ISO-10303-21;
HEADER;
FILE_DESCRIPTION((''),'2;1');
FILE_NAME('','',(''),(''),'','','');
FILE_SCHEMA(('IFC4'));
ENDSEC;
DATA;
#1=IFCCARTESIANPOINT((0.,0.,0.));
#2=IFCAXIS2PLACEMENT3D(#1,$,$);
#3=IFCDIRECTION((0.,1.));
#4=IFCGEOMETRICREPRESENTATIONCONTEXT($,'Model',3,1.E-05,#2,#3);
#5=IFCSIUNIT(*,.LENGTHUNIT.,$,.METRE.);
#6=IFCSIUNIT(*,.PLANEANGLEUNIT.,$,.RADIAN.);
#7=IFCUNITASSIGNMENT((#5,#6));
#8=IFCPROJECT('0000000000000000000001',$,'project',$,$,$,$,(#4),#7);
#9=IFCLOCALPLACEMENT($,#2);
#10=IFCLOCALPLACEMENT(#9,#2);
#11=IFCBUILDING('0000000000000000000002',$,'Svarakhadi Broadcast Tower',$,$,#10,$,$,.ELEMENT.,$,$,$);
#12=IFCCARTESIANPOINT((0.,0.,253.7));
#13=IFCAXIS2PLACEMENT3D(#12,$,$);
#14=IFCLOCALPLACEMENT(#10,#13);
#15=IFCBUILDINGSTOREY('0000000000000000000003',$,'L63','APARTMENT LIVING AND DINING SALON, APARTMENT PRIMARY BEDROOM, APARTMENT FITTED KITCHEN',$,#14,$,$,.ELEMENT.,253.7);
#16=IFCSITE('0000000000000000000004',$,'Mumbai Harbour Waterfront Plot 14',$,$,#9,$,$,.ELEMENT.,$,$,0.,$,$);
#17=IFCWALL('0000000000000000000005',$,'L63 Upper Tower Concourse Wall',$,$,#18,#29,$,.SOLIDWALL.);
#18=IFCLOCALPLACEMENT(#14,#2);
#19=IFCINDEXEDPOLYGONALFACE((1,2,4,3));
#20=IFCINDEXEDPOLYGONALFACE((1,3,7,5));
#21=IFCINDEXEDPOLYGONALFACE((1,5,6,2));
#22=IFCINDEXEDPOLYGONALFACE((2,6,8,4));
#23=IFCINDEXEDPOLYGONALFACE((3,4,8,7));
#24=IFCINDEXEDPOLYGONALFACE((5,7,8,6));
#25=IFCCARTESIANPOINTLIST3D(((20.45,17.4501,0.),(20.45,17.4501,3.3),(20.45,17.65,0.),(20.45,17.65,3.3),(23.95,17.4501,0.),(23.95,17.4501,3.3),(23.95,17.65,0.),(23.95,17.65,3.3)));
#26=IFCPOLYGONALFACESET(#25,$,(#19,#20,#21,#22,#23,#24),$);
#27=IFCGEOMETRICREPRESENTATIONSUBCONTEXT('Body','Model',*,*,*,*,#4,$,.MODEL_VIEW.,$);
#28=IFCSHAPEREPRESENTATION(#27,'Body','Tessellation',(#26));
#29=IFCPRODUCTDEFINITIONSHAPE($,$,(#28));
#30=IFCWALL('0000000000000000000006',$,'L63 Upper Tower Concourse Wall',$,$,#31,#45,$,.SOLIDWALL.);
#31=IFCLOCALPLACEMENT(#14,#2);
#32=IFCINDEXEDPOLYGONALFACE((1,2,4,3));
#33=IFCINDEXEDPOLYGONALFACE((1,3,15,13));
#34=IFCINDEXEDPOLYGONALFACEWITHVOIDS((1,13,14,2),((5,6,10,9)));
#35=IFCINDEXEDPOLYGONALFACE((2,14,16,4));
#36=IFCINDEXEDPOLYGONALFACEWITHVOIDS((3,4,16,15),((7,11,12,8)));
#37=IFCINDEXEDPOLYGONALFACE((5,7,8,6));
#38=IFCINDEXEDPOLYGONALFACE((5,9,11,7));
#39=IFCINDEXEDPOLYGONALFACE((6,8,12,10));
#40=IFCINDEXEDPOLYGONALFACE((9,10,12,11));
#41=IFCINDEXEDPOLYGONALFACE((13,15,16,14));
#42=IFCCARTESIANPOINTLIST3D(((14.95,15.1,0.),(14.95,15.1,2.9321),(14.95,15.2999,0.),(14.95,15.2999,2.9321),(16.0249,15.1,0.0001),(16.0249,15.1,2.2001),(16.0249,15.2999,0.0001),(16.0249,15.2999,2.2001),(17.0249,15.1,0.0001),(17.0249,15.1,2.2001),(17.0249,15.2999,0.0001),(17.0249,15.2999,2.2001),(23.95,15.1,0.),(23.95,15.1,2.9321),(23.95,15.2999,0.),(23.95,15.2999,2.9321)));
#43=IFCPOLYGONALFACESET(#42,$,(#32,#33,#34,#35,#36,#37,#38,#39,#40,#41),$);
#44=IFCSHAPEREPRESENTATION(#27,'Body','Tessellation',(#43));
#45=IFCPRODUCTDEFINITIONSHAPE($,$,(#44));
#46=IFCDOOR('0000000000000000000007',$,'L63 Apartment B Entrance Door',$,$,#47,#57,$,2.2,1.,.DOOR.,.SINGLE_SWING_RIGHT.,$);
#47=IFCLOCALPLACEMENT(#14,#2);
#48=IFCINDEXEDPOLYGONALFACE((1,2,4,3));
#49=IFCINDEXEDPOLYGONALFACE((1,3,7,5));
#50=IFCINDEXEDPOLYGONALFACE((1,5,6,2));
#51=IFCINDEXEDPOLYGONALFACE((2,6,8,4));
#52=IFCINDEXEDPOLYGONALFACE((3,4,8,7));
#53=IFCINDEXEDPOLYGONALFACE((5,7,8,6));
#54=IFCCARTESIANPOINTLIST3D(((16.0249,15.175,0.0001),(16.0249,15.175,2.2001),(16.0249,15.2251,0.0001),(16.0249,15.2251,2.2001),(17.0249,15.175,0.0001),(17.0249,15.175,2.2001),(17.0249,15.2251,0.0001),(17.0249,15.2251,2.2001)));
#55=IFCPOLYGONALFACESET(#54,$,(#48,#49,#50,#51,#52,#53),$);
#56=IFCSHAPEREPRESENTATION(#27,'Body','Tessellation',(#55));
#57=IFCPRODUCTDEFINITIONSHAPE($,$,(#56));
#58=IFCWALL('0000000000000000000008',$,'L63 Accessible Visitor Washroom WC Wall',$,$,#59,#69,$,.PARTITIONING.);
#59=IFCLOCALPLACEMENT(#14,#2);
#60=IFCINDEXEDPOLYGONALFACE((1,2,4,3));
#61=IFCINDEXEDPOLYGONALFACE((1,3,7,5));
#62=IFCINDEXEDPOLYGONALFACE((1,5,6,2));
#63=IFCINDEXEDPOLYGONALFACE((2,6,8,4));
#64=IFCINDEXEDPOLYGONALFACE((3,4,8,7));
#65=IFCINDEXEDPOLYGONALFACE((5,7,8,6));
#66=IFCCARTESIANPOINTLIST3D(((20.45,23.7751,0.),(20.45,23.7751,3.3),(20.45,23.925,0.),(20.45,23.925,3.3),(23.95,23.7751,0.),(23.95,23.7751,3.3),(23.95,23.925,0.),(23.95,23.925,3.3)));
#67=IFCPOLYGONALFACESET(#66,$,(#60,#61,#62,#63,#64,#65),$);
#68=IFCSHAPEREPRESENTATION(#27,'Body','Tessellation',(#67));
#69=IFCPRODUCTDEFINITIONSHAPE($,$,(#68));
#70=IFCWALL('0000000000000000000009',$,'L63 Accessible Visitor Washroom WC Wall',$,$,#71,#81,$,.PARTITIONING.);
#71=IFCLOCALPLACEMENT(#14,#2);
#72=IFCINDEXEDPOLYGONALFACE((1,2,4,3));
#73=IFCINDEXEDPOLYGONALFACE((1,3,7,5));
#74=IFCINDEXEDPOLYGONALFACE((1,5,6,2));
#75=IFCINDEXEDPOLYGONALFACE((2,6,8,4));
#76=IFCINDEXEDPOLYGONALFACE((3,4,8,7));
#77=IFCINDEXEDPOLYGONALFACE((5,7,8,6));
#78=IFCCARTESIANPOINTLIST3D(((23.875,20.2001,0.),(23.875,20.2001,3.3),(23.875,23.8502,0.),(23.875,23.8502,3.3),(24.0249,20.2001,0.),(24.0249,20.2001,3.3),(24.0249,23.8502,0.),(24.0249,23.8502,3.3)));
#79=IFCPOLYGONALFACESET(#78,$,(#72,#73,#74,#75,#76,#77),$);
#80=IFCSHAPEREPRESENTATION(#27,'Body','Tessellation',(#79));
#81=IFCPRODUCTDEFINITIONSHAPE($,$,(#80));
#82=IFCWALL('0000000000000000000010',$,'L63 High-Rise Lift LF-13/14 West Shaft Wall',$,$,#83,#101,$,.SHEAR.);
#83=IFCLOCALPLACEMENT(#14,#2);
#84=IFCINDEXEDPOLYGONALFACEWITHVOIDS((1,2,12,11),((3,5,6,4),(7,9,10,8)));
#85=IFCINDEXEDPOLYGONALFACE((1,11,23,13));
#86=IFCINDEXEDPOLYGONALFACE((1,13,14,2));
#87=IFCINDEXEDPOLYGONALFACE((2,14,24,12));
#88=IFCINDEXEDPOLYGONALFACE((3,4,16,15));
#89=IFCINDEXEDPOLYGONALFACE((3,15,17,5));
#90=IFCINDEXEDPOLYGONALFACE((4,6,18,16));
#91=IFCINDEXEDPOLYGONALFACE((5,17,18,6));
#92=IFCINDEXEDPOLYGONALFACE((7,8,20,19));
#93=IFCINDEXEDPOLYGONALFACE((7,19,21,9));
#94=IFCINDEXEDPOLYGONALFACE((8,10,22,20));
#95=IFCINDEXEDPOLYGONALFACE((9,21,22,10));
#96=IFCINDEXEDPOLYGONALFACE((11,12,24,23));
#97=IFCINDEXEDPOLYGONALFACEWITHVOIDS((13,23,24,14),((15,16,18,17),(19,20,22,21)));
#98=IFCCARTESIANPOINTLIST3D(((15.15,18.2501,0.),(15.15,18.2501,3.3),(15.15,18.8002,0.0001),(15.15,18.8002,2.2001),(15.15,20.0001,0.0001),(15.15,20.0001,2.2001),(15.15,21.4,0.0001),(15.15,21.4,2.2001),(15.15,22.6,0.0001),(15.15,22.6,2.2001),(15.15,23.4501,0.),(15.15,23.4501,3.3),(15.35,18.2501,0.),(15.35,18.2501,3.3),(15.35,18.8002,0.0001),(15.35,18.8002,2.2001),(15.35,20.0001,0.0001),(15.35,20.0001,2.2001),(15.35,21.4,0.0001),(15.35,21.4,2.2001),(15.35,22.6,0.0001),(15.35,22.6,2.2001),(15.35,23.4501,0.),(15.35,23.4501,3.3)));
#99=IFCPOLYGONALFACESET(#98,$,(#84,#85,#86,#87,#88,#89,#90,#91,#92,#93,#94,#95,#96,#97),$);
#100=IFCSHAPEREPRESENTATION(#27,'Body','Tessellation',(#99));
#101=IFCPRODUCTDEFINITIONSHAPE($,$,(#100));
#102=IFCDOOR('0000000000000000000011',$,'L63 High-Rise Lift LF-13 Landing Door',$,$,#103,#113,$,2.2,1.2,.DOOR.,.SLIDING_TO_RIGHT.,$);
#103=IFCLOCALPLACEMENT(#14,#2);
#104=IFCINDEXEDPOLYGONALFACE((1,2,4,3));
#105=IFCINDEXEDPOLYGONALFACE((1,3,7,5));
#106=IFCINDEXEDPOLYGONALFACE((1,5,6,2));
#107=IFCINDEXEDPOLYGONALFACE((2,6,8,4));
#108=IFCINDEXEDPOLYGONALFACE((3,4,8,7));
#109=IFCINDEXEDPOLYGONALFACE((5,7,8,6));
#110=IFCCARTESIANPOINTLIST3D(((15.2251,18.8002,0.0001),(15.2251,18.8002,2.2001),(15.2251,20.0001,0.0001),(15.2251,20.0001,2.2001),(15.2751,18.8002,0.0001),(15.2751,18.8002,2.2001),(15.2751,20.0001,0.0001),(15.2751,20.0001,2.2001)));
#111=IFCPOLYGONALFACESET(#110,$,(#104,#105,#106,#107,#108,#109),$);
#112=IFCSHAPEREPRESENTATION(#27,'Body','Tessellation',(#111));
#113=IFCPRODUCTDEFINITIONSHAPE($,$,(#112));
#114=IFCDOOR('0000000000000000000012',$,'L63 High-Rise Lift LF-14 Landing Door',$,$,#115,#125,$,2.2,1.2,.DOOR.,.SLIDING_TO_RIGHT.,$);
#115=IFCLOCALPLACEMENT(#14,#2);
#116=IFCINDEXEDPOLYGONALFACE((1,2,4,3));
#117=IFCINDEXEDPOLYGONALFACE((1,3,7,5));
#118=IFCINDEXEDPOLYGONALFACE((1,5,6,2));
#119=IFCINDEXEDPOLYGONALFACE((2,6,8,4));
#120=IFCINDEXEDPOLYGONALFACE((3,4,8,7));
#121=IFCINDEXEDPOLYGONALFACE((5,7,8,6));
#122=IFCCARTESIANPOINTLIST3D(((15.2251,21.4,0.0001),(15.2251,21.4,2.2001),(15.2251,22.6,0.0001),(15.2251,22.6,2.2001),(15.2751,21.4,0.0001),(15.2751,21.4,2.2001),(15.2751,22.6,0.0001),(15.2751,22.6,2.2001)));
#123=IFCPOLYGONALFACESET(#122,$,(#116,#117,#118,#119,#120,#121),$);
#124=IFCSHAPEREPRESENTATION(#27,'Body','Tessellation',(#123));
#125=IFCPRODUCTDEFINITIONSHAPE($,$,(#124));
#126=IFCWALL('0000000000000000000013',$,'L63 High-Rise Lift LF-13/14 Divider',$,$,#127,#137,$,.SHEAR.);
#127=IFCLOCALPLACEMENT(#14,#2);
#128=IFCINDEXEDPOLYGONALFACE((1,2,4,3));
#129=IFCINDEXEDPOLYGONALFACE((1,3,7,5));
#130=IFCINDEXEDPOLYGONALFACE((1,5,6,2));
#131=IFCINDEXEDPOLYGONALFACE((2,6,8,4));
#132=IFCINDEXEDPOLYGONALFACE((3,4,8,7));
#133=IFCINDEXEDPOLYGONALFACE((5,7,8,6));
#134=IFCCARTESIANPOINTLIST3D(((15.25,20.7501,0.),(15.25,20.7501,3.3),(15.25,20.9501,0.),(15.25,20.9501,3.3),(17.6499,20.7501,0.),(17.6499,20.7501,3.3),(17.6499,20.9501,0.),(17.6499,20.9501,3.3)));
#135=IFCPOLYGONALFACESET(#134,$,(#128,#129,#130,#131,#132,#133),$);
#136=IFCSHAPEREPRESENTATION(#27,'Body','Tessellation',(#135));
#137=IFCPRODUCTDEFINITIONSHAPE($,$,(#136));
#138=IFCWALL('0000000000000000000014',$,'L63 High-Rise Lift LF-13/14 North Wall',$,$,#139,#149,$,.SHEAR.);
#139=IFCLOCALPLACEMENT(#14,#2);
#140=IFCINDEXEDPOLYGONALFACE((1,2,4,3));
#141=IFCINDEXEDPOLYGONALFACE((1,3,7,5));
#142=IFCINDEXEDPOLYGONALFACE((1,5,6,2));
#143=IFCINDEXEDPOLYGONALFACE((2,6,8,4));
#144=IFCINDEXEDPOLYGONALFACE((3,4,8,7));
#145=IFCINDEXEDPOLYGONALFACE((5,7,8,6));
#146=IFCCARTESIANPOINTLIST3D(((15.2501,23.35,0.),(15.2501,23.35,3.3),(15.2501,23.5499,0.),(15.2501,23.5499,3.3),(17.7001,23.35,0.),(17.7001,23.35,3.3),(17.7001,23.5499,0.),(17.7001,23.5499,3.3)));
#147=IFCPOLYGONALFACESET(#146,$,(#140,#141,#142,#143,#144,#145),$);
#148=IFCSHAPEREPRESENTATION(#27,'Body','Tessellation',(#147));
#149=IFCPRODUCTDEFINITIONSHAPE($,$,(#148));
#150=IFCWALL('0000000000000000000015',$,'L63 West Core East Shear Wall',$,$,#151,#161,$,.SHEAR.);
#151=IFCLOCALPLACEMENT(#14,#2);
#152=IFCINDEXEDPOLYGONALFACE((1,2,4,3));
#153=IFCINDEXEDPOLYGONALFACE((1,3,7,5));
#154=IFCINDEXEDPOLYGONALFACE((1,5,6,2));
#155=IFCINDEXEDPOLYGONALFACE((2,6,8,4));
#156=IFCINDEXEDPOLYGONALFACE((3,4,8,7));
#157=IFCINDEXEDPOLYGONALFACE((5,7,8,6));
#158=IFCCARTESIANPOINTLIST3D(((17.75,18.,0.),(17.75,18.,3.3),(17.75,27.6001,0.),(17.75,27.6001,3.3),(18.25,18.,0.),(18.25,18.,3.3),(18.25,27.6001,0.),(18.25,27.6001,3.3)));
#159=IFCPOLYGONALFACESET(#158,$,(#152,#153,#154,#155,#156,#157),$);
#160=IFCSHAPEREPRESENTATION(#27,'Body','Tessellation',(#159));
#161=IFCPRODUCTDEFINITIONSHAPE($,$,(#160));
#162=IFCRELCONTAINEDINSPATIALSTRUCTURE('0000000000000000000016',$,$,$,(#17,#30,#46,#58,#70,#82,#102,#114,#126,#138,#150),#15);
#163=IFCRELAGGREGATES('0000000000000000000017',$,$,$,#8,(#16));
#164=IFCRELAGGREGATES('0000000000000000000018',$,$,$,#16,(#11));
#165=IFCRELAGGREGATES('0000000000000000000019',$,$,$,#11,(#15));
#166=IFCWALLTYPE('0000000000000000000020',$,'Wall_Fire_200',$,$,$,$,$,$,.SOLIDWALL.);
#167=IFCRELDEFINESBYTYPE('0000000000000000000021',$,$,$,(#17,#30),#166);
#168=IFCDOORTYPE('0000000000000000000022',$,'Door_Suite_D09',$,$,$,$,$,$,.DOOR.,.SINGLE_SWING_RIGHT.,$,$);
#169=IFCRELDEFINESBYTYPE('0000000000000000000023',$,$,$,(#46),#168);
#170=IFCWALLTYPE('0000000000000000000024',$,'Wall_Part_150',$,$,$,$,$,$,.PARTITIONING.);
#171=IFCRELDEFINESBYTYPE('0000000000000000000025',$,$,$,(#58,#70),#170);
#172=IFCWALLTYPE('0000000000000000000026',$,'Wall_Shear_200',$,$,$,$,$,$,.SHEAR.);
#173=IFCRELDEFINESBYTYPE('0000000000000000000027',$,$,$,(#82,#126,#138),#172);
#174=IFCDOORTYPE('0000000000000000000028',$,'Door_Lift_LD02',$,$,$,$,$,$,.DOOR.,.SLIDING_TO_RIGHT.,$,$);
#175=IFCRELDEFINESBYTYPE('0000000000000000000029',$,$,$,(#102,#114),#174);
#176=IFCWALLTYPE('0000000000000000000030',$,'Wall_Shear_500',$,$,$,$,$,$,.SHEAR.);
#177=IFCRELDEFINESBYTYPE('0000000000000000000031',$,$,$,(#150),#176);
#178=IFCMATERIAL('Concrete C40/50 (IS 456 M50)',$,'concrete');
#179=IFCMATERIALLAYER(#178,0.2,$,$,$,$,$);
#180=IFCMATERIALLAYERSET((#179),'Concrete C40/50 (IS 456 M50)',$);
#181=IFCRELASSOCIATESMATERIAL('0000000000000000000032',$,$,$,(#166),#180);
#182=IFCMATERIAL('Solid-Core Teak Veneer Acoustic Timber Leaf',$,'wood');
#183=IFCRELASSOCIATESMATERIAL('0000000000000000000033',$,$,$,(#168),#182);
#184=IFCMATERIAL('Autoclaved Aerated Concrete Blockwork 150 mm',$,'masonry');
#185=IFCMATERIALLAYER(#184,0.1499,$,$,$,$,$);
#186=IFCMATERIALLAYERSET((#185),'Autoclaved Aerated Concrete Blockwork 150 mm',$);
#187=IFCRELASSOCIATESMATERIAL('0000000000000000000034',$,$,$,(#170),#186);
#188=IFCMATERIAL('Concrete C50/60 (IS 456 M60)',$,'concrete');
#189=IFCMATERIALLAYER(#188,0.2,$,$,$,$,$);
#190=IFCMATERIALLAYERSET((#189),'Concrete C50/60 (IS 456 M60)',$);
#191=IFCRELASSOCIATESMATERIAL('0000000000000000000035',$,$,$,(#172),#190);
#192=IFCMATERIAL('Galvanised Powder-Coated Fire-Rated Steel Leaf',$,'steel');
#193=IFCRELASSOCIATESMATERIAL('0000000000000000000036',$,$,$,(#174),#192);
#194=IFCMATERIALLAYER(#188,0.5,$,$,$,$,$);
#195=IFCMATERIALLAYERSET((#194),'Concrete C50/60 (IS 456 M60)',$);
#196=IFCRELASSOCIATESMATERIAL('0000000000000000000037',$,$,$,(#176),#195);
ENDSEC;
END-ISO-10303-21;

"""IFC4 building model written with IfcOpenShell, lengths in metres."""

from ifc_helpers import new_model, si_unit, direction, frame, frame_2d, origin, place, context, subcontext, project, spatial, rectangle, extrude, material, layer, layer_set, type_object, element, fill, save


model = new_model("IFC4")

# Units and contexts
model_context = context("Model", 3, precision=1e-05, world=origin(), true_north=direction((0.0, 1.0)))
body_context = subcontext(model_context, "Body", "Model", "MODEL_VIEW")
ifc_project = project(units=[si_unit("LENGTHUNIT", "METRE"), si_unit("PLANEANGLEUNIT", "RADIAN")], contexts=[model_context])

# Site, building, storey
site_placement = place(None, origin())
site = spatial("IfcSite", under=ifc_project, at=site_placement, Name="Mumbai Harbour Waterfront Plot 14", CompositionType="ELEMENT", RefElevation=0.0)
building_placement = place(site_placement, origin())
building = spatial("IfcBuilding", under=site, at=building_placement, Name="Svarakhadi Broadcast Tower", CompositionType="ELEMENT")
storey_placement = place(building_placement, frame((0.0, 0.0, 253.7)))
storey = spatial("IfcBuildingStorey", under=building, at=storey_placement, Name="L63", Description="APARTMENT LIVING AND DINING SALON, APARTMENT PRIMARY BEDROOM, APARTMENT FITTED KITCHEN", CompositionType="ELEMENT", Elevation=253.7)

# Shared definitions
ifc_material_1 = material(Name="Concrete C50/60 (IS 456 M60)", Category="concrete")

# Shared definitions
ifc_material_2 = material(Name="Concrete C40/50 (IS 456 M50)", Category="concrete")
ifc_layer_1 = layer(ifc_material_2, 0.2)
ifc_layer_set_1 = layer_set([ifc_layer_1], Name="Concrete C40/50 (IS 456 M50)")
wall_type_1 = type_object("IfcWallType", Name="Wall_Fire_200", PredefinedType="SOLIDWALL", material=ifc_layer_set_1)
ifc_material_3 = material(Name="Solid-Core Teak Veneer Acoustic Timber Leaf", Category="wood")

# Wall
wall_1_placement = place(storey_placement, frame((20.45, 17.55, 0.0), z_axis=(0.0, 0.0, 1.0), x_axis=(1.0, 0.0, 0.0)))
element("IfcWall", 1, at=wall_1_placement, inside=storey, type_object=wall_type_1, Name="L63 Upper Tower Concourse Wall", PredefinedType="SOLIDWALL", context=body_context, shape_type="SweptSolid", body=[
    extrude(rectangle(XDim=3.5, YDim=0.2, at=frame_2d((1.75, 0.0))), origin(), (0.0, 0.0, 1.0), 3.3),
])

# Wall, opening, door
wall_2_placement = place(storey_placement, frame((23.95, 15.2, 0.0), z_axis=(0.0, 0.0, 1.0), x_axis=(-1.0, 0.0, 0.0)))
wall_2 = element("IfcWall", 2, at=wall_2_placement, inside=storey, type_object=wall_type_1, Name="L63 Upper Tower Concourse Wall", PredefinedType="SOLIDWALL", context=body_context, shape_type="SweptSolid", body=[
    extrude(rectangle(XDim=9.0, YDim=0.2, at=frame_2d((4.5, 0.0))), origin(), (0.0, 0.0, 1.0), 2.9321),
])
opening_1_placement = place(wall_2_placement, frame((6.925, 0.0, 0.0)))
opening_1 = element("IfcOpeningElement", 3, at=opening_1_placement, cuts=wall_2, PredefinedType="OPENING", context=body_context, shape_type="SweptSolid", body=[
    extrude(rectangle(XDim=1.0, YDim=2.2, at=frame_2d((0.5, 1.1001))), frame((0.0, 0.1099, 0.0), z_axis=(0.0, -1.0, 0.0), x_axis=(1.0, 0.0, 0.0)), (0.0, 0.0, 1.0), 0.22),
])
door_type_1 = type_object("IfcDoorType", Name="Door_Suite_D09", OperationType="SINGLE_SWING_RIGHT", PredefinedType="DOOR", material=ifc_material_3)
door_1_placement = place(opening_1_placement, origin())
door_1 = element("IfcDoor", 4, at=door_1_placement, inside=storey, type_object=door_type_1, Name="L63 Apartment B Entrance Door", OperationType="SINGLE_SWING_RIGHT", OverallHeight=2.2, OverallWidth=1.0, PredefinedType="DOOR", context=body_context, shape_type="SweptSolid", body=[
    extrude(rectangle(XDim=1.0, YDim=2.2, at=frame_2d((0.5, 1.1001))), frame((0.0, 0.0249, 0.0), z_axis=(0.0, -1.0, 0.0), x_axis=(1.0, 0.0, 0.0)), (0.0, 0.0, 1.0), 0.05),
])
fill(opening_1, door_1)
ifc_material_4 = material(Name="Autoclaved Aerated Concrete Blockwork 150 mm", Category="masonry")
ifc_layer_2 = layer(ifc_material_4, 0.1499)
ifc_layer_set_2 = layer_set([ifc_layer_2], Name="Autoclaved Aerated Concrete Blockwork 150 mm")
wall_type_2 = type_object("IfcWallType", Name="Wall_Part_150", PredefinedType="PARTITIONING", material=ifc_layer_set_2)
ifc_material_5 = material(Name="Galvanised Powder-Coated Fire-Rated Steel Leaf", Category="steel")

# Walls
wall_3_placement = place(storey_placement, frame((20.45, 23.8501, 0.0), z_axis=(0.0, 0.0, 1.0), x_axis=(1.0, 0.0, 0.0)))
element("IfcWall", 5, at=wall_3_placement, inside=storey, type_object=wall_type_2, Name="L63 Accessible Visitor Washroom WC Wall", PredefinedType="PARTITIONING", context=body_context, shape_type="SweptSolid", body=[
    extrude(rectangle(XDim=3.5, YDim=0.1499, at=frame_2d((1.75, 0.0))), origin(), (0.0, 0.0, 1.0), 3.3),
])
wall_4_placement = place(storey_placement, frame((23.95, 20.2, 0.0), z_axis=(0.0, 0.0, 1.0), x_axis=(0.0, 1.0, 0.0)))
element("IfcWall", 6, at=wall_4_placement, inside=storey, type_object=wall_type_2, Name="L63 Accessible Visitor Washroom WC Wall", PredefinedType="PARTITIONING", context=body_context, shape_type="SweptSolid", body=[
    extrude(rectangle(XDim=3.6501, YDim=0.1499, at=frame_2d((1.8252, 0.0))), origin(), (0.0, 0.0, 1.0), 3.3),
])

# Wall, openings, doors
ifc_layer_3 = layer(ifc_material_1, 0.2)
ifc_layer_set_3 = layer_set([ifc_layer_3], Name="Concrete C50/60 (IS 456 M60)")
wall_type_3 = type_object("IfcWallType", Name="Wall_Shear_200", PredefinedType="SHEAR", material=ifc_layer_set_3)
wall_5_placement = place(storey_placement, frame((15.25, 18.25, 0.0), z_axis=(0.0, 0.0, 1.0), x_axis=(0.0, 1.0, 0.0)))
wall_5 = element("IfcWall", 7, at=wall_5_placement, inside=storey, type_object=wall_type_3, Name="L63 High-Rise Lift LF-13/14 West Shaft Wall", PredefinedType="SHEAR", context=body_context, shape_type="SweptSolid", body=[
    extrude(rectangle(XDim=5.2, YDim=0.2, at=frame_2d((2.6001, 0.0))), origin(), (0.0, 0.0, 1.0), 3.3),
])
opening_2_placement = place(wall_5_placement, frame((0.55, 0.0, 0.0)))
opening_2 = element("IfcOpeningElement", 8, at=opening_2_placement, cuts=wall_5, PredefinedType="OPENING", context=body_context, shape_type="SweptSolid", body=[
    extrude(rectangle(XDim=1.2, YDim=2.2, at=frame_2d((0.6001, 1.1001))), frame((0.0, 0.1099, 0.0), z_axis=(0.0, -1.0, 0.0), x_axis=(1.0, 0.0, 0.0)), (0.0, 0.0, 1.0), 0.22),
])
opening_3_placement = place(wall_5_placement, frame((3.1499, 0.0, 0.0)))
opening_3 = element("IfcOpeningElement", 9, at=opening_3_placement, cuts=wall_5, PredefinedType="OPENING", context=body_context, shape_type="SweptSolid", body=[
    extrude(rectangle(XDim=1.2, YDim=2.2, at=frame_2d((0.6001, 1.1001))), frame((0.0, 0.1099, 0.0), z_axis=(0.0, -1.0, 0.0), x_axis=(1.0, 0.0, 0.0)), (0.0, 0.0, 1.0), 0.22),
])
door_type_2 = type_object("IfcDoorType", Name="Door_Lift_LD02", OperationType="SLIDING_TO_RIGHT", PredefinedType="DOOR", material=ifc_material_5)
door_2_placement = place(opening_2_placement, origin())
door_2 = element("IfcDoor", 10, at=door_2_placement, inside=storey, type_object=door_type_2, Name="L63 High-Rise Lift LF-13 Landing Door", OperationType="SLIDING_TO_RIGHT", OverallHeight=2.2, OverallWidth=1.2, PredefinedType="DOOR", context=body_context, shape_type="SweptSolid", body=[
    extrude(rectangle(XDim=1.2, YDim=2.2, at=frame_2d((0.6001, 1.1001))), frame((0.0, 0.0249, 0.0), z_axis=(0.0, -1.0, 0.0), x_axis=(1.0, 0.0, 0.0)), (0.0, 0.0, 1.0), 0.05),
])
fill(opening_2, door_2)
door_3_placement = place(opening_3_placement, origin())
door_3 = element("IfcDoor", 11, at=door_3_placement, inside=storey, type_object=door_type_2, Name="L63 High-Rise Lift LF-14 Landing Door", OperationType="SLIDING_TO_RIGHT", OverallHeight=2.2, OverallWidth=1.2, PredefinedType="DOOR", context=body_context, shape_type="SweptSolid", body=[
    extrude(rectangle(XDim=1.2, YDim=2.2, at=frame_2d((0.6001, 1.1001))), frame((0.0, 0.0249, 0.0), z_axis=(0.0, -1.0, 0.0), x_axis=(1.0, 0.0, 0.0)), (0.0, 0.0, 1.0), 0.05),
])
fill(opening_3, door_3)

# Walls
wall_6_placement = place(storey_placement, frame((15.25, 20.8501, 0.0), z_axis=(0.0, 0.0, 1.0), x_axis=(1.0, 0.0, 0.0)))
element("IfcWall", 12, at=wall_6_placement, inside=storey, type_object=wall_type_3, Name="L63 High-Rise Lift LF-13/14 Divider", PredefinedType="SHEAR", context=body_context, shape_type="SweptSolid", body=[
    extrude(rectangle(XDim=2.3999, YDim=0.2, at=frame_2d((1.2, 0.0))), origin(), (0.0, 0.0, 1.0), 3.3),
])
wall_7_placement = place(storey_placement, frame((15.25, 23.45, 0.0), z_axis=(0.0, 0.0, 1.0), x_axis=(1.0, 0.0, 0.0)))
element("IfcWall", 13, at=wall_7_placement, inside=storey, type_object=wall_type_3, Name="L63 High-Rise Lift LF-13/14 North Wall", PredefinedType="SHEAR", context=body_context, shape_type="SweptSolid", body=[
    extrude(rectangle(XDim=2.45, YDim=0.2, at=frame_2d((1.2251, 0.0))), origin(), (0.0, 0.0, 1.0), 3.3),
])
ifc_layer_4 = layer(ifc_material_1, 0.5)
ifc_layer_set_4 = layer_set([ifc_layer_4], Name="Concrete C50/60 (IS 456 M60)")
wall_type_4 = type_object("IfcWallType", Name="Wall_Shear_500", PredefinedType="SHEAR", material=ifc_layer_set_4)
wall_8_placement = place(storey_placement, frame((18.0, 18.0, 0.0), z_axis=(0.0, 0.0, 1.0), x_axis=(0.0, 1.0, 0.0)))
element("IfcWall", 14, at=wall_8_placement, inside=storey, type_object=wall_type_4, Name="L63 West Core East Shear Wall", PredefinedType="SHEAR", context=body_context, shape_type="SweptSolid", body=[
    extrude(rectangle(XDim=9.6001, YDim=0.5, at=frame_2d((4.8, 0.0))), origin(), (0.0, 0.0, 1.0), 3.3),
])

save(model, "model.ifc")
